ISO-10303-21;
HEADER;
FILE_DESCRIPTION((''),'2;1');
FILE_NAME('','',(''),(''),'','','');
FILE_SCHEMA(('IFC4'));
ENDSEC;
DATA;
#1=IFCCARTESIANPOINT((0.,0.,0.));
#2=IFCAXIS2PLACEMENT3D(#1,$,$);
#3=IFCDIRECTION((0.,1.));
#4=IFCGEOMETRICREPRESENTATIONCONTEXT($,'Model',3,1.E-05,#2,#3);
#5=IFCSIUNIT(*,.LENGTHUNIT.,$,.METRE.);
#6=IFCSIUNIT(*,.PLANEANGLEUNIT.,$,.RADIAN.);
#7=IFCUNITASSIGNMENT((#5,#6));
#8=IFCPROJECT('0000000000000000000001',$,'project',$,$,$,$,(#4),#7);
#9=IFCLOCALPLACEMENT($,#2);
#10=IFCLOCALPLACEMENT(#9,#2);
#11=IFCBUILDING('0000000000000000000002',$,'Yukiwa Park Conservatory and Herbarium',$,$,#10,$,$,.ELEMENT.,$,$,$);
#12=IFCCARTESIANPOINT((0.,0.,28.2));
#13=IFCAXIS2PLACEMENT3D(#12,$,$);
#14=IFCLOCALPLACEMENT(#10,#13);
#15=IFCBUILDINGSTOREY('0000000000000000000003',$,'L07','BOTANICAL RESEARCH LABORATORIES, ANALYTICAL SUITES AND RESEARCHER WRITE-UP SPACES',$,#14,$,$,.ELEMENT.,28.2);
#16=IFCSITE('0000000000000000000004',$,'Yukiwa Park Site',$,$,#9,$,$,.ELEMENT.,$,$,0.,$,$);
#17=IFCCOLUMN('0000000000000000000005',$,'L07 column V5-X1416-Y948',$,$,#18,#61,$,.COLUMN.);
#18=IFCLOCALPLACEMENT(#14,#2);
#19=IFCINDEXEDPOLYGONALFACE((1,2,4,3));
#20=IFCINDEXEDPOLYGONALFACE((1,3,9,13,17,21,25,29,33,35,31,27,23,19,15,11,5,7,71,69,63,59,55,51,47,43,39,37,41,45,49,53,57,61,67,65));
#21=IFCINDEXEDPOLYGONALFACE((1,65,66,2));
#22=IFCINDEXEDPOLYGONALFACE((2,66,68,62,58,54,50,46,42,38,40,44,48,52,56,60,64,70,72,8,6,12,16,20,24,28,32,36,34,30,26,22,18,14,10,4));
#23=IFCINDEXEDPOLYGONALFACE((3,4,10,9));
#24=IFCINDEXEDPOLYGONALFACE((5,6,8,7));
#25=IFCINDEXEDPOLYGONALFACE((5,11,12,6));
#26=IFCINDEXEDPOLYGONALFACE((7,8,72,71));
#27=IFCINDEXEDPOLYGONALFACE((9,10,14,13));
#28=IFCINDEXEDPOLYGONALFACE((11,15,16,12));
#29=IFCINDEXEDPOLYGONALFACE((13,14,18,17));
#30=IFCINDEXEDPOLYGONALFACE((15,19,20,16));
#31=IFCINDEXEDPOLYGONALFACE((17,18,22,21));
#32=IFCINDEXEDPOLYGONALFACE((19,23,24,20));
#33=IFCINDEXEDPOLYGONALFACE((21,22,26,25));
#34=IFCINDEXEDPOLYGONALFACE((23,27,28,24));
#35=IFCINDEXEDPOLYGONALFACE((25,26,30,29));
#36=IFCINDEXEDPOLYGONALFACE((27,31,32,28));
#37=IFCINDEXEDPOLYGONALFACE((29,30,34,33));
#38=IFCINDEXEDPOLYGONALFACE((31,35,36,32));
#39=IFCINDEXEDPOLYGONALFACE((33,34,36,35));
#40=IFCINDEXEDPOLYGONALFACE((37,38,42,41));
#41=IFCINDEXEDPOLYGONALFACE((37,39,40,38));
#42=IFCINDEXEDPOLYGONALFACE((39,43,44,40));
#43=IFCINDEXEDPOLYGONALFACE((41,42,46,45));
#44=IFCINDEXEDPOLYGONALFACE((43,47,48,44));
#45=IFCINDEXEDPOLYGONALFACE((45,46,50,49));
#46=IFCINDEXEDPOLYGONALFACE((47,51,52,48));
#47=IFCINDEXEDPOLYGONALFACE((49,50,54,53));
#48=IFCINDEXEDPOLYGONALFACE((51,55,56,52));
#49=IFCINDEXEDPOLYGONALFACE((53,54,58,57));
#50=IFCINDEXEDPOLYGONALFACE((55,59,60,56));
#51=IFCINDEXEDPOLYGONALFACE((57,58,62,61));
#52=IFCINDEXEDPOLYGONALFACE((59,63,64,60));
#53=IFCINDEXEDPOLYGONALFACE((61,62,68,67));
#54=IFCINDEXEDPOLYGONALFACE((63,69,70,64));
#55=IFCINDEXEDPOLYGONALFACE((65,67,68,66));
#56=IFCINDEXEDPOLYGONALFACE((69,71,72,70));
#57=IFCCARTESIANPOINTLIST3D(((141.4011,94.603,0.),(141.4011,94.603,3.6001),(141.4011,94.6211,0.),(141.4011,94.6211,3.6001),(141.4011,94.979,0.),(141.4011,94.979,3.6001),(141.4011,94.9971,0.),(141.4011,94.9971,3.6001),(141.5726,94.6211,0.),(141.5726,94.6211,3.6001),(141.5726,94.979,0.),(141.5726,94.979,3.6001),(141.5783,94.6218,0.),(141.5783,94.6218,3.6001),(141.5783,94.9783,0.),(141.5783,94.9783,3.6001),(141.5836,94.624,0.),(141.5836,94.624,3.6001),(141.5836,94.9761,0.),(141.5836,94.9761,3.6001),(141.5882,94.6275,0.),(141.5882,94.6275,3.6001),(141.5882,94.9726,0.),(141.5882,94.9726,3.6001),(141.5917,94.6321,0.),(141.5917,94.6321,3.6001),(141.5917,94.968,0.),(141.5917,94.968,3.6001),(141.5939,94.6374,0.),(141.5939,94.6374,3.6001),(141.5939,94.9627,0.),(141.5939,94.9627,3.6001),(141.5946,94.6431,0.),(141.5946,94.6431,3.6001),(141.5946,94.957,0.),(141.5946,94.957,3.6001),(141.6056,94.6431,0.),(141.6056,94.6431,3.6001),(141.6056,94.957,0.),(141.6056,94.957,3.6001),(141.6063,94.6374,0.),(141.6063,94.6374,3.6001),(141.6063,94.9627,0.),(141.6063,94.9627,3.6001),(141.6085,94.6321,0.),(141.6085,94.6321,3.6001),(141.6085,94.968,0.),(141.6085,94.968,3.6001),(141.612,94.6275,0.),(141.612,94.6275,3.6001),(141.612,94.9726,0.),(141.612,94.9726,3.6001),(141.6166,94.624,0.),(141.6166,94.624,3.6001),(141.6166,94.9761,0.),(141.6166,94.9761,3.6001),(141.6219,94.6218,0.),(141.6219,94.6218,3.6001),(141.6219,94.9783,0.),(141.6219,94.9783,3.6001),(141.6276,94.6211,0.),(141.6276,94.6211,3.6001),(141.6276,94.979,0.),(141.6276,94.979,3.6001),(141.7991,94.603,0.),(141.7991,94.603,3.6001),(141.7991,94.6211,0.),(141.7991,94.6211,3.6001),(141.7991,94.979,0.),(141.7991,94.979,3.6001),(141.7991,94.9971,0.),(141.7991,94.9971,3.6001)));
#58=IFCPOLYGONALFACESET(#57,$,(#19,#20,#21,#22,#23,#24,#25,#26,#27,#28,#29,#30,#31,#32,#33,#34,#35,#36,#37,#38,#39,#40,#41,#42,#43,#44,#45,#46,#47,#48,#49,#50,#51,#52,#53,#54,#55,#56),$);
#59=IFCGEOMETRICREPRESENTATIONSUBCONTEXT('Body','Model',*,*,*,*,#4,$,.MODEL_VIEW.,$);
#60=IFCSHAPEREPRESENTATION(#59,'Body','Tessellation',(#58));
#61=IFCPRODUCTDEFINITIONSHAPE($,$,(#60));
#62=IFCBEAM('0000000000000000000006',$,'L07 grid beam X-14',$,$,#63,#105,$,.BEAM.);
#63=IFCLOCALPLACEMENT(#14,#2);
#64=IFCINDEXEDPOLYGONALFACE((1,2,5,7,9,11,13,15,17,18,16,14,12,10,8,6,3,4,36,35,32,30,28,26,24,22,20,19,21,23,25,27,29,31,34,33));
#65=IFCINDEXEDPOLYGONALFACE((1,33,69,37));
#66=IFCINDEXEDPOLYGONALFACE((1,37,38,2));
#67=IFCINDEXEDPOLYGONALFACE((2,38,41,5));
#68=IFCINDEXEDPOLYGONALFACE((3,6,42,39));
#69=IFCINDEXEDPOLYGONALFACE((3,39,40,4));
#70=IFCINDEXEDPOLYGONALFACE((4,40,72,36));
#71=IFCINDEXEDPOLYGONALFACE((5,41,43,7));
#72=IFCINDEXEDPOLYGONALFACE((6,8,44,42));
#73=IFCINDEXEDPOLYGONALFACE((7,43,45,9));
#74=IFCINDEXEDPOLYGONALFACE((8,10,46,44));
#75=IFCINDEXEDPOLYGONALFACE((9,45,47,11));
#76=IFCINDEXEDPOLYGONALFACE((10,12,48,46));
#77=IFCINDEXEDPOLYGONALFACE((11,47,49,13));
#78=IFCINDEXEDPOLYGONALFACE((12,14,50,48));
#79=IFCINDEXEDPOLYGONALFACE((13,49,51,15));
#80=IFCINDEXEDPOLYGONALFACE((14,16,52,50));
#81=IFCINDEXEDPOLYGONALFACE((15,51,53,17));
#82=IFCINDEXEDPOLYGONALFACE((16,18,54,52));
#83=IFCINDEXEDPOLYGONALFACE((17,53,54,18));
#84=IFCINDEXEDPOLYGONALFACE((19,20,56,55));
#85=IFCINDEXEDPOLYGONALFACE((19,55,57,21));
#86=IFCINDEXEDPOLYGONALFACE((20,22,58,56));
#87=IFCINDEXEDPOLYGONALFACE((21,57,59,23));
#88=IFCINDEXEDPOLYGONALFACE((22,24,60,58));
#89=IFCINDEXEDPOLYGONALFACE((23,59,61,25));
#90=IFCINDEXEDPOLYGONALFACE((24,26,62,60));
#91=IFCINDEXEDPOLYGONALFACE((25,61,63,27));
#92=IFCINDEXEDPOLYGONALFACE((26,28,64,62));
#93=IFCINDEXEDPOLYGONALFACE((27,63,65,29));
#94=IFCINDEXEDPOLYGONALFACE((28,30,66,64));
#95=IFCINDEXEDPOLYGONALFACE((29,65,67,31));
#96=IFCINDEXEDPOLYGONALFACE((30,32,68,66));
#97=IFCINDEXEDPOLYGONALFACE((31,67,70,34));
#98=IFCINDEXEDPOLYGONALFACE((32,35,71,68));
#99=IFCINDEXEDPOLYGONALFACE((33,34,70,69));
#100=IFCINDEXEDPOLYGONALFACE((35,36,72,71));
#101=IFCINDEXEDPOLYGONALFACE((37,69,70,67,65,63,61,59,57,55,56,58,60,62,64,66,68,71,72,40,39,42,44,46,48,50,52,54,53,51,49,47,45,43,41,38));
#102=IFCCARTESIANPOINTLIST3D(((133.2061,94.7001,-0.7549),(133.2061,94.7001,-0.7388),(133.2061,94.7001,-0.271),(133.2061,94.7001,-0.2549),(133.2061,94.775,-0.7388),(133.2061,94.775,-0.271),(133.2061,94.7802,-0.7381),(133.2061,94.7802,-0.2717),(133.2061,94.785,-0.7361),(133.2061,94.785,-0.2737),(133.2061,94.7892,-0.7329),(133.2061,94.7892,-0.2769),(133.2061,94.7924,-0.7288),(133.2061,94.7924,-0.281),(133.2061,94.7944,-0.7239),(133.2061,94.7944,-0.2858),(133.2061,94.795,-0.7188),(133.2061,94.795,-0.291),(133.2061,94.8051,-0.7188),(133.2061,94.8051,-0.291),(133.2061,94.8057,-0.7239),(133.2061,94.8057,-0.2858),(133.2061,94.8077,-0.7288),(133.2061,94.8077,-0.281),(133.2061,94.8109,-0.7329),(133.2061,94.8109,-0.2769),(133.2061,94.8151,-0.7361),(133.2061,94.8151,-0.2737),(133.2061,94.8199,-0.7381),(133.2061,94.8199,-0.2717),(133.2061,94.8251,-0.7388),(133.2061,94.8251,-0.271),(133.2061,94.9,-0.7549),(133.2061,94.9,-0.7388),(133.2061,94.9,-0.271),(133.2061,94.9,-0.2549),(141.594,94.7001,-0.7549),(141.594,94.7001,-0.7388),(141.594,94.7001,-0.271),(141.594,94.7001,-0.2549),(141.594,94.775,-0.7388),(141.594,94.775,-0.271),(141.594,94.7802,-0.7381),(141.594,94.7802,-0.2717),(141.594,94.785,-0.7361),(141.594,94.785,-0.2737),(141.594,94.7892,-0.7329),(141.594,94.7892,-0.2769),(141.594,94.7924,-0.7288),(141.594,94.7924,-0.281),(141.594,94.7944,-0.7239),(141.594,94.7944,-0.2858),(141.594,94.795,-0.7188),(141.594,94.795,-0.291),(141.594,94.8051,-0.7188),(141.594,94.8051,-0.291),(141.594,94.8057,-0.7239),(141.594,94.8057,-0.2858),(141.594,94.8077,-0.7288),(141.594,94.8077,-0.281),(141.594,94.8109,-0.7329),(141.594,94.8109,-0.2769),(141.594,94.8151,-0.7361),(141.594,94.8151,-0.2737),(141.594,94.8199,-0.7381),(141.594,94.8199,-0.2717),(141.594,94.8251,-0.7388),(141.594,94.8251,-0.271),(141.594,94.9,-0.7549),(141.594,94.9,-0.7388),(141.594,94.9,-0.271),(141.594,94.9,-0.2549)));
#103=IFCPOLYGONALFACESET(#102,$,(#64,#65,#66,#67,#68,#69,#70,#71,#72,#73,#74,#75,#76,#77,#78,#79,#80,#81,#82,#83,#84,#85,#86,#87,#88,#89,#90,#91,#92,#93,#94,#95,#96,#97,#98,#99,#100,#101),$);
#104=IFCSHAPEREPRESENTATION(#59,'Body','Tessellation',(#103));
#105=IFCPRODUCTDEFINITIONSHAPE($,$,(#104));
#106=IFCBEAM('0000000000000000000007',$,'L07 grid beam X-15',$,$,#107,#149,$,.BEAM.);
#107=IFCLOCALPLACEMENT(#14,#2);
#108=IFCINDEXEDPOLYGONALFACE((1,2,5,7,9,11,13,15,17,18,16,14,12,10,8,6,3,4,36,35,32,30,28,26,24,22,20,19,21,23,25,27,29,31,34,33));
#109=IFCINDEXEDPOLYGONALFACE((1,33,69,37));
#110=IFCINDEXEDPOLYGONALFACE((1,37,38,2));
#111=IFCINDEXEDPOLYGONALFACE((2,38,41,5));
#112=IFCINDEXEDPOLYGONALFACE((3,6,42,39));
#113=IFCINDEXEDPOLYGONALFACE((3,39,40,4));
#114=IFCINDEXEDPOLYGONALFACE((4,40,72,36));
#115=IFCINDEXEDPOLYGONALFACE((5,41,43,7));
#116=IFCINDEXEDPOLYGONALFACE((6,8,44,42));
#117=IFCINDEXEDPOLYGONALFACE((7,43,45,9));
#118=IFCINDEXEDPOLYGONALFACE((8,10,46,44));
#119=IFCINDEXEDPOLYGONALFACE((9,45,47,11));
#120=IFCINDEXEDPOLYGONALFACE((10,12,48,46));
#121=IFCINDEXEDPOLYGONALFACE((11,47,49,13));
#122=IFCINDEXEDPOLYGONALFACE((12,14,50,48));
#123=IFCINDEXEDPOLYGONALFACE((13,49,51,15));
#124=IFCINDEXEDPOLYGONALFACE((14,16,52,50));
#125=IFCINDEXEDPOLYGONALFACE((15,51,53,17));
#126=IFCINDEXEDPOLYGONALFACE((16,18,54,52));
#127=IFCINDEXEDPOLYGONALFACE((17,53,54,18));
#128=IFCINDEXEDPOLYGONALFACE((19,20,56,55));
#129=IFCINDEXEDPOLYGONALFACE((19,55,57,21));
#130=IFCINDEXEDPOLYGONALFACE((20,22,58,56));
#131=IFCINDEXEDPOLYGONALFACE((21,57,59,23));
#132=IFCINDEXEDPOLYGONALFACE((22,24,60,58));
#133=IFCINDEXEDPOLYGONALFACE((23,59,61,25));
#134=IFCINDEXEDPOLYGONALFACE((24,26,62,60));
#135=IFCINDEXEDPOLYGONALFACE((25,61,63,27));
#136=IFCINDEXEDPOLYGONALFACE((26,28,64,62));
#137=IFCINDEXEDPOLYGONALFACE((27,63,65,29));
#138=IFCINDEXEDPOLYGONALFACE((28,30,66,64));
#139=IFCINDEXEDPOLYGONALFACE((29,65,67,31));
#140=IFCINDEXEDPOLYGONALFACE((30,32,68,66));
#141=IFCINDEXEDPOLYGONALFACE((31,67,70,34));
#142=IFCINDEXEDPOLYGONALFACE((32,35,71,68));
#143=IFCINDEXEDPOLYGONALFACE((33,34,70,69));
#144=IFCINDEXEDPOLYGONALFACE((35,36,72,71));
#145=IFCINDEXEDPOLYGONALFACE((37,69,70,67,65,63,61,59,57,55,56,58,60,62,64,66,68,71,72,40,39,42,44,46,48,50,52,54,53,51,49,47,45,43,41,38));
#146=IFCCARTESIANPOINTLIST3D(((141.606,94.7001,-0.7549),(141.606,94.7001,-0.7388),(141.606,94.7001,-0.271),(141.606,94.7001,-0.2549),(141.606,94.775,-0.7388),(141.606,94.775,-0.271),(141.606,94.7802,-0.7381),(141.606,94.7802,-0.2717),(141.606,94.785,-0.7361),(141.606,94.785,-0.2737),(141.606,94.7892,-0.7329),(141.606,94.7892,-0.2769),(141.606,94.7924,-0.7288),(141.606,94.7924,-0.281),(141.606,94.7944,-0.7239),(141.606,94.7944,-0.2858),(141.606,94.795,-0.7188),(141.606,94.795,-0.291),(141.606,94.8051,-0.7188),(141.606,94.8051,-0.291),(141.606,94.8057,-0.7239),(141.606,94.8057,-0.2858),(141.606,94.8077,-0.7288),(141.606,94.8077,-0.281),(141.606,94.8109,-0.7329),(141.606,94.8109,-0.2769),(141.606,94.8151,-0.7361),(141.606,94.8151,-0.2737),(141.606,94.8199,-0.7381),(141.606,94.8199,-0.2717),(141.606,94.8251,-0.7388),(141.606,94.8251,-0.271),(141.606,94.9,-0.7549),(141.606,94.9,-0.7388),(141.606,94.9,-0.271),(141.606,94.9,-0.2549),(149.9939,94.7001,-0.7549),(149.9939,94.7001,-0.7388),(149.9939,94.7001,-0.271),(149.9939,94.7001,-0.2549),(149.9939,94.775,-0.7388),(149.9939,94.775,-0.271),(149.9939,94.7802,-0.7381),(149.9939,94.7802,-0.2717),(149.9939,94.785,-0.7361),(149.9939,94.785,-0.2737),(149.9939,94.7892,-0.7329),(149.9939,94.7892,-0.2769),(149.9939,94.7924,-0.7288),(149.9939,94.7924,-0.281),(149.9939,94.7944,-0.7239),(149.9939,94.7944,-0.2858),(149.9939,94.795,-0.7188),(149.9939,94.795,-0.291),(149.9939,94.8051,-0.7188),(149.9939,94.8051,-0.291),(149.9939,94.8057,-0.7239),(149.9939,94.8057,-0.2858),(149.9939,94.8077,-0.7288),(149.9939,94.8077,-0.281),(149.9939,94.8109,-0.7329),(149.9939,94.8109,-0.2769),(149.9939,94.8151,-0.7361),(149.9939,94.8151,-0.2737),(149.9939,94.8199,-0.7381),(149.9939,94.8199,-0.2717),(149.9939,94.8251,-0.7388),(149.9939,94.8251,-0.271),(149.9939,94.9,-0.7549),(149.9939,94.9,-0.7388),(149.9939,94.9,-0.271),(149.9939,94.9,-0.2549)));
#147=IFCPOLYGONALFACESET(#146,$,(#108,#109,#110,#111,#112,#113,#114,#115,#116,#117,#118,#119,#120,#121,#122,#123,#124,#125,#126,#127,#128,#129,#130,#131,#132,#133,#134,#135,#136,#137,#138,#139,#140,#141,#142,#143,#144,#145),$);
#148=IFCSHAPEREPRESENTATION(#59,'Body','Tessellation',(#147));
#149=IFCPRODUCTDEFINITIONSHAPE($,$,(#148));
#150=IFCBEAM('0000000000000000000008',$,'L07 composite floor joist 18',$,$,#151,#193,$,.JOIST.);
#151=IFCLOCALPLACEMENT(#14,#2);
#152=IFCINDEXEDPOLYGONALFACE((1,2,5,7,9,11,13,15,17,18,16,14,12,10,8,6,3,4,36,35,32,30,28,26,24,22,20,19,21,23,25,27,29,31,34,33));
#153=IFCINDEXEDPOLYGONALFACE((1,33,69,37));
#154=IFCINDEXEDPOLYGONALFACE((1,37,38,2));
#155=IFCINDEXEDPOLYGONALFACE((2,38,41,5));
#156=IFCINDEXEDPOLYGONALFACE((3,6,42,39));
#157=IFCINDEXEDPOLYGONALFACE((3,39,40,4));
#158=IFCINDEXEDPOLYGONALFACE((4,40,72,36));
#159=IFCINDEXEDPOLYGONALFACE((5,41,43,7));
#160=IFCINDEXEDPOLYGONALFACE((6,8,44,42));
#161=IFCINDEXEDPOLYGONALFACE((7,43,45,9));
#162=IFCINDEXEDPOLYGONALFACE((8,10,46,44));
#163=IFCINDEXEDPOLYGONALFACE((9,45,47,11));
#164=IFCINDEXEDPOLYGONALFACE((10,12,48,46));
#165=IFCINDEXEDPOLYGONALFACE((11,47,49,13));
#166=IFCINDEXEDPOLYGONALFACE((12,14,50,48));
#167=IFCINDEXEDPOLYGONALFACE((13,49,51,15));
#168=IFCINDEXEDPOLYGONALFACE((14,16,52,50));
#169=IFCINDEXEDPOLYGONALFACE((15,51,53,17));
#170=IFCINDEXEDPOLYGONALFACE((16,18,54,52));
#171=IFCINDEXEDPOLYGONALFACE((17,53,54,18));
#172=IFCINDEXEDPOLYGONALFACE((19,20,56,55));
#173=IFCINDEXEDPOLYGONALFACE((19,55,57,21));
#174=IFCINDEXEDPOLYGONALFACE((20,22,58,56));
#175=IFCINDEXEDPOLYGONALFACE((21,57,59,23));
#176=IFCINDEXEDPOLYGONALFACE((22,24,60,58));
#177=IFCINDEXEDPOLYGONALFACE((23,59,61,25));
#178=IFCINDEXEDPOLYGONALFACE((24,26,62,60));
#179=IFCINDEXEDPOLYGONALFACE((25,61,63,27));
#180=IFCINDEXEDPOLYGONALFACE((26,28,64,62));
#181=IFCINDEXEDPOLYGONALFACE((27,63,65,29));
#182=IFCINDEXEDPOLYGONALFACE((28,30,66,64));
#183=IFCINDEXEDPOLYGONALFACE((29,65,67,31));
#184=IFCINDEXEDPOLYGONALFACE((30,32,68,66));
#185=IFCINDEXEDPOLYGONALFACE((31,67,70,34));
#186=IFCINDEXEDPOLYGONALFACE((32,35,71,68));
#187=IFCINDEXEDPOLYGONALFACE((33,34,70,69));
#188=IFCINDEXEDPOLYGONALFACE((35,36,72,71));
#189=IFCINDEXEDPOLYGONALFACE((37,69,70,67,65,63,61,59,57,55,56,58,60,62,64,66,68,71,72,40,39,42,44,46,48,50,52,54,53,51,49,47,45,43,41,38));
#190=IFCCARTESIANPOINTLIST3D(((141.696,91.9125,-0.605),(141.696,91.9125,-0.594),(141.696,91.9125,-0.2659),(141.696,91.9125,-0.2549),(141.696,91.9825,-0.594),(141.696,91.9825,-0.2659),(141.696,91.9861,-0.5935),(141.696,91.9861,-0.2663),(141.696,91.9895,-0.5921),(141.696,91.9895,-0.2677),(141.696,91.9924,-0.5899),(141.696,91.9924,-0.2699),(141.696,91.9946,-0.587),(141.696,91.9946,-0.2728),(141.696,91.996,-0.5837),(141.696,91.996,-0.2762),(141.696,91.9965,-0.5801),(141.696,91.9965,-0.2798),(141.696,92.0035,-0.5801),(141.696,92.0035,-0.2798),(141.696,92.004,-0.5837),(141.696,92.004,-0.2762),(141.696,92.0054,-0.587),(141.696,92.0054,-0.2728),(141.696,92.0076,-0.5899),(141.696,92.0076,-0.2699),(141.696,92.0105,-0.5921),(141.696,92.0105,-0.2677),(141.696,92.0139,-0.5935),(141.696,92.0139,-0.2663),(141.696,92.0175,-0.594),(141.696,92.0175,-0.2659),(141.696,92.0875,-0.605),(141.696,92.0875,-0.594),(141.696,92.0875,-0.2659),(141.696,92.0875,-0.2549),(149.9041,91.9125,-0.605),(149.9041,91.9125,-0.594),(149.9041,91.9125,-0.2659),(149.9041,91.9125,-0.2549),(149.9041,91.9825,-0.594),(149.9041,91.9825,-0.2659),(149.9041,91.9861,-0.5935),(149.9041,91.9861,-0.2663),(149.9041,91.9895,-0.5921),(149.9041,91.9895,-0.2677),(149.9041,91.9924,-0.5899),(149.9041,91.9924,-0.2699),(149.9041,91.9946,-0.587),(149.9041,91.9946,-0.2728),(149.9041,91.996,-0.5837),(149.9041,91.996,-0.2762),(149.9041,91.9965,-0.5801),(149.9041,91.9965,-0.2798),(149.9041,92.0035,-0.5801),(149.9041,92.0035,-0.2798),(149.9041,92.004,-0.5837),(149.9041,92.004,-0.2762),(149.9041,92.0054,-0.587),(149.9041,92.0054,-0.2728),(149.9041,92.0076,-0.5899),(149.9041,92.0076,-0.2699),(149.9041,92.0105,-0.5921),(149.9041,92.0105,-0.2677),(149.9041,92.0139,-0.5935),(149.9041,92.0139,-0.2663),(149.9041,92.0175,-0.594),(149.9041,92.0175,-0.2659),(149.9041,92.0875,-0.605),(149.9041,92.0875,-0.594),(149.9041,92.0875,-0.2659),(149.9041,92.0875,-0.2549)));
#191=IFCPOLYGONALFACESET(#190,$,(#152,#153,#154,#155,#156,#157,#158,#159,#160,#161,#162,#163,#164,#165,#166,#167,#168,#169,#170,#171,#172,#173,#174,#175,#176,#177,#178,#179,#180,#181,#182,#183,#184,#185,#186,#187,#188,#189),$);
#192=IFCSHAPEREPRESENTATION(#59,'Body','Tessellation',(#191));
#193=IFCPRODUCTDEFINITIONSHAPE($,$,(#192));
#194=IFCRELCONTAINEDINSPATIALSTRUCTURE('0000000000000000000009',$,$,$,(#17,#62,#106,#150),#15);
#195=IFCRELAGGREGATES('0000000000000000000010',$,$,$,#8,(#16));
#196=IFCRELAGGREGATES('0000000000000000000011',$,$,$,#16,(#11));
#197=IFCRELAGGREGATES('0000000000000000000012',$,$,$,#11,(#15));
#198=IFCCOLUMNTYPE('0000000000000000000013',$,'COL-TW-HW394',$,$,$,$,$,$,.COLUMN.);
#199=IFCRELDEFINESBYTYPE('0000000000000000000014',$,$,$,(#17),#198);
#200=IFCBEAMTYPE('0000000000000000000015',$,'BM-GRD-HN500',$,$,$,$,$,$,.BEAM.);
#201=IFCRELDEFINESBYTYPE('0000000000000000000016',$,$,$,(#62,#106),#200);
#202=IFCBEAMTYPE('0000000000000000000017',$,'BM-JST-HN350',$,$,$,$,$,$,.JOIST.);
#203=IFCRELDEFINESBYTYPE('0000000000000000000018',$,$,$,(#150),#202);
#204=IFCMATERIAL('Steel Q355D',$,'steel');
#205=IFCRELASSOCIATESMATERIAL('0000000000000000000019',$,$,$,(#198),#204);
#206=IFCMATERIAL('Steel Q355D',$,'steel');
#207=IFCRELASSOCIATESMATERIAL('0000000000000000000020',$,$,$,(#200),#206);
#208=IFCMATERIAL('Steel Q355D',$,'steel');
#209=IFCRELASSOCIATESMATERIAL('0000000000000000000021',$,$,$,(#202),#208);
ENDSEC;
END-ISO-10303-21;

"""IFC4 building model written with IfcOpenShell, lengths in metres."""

from ifc_helpers import new_model, si_unit, direction, frame, origin, origin_2d, place, context, subcontext, project, spatial, i_section, extrude, material, material_profile, profile_set, type_object, element, save


model = new_model("IFC4")

# Units and contexts
model_context = context("Model", 3, precision=1e-05, world=origin(), true_north=direction((0.0, 1.0)))
body_context = subcontext(model_context, "Body", "Model", "MODEL_VIEW")
ifc_project = project(units=[si_unit("LENGTHUNIT", "METRE"), si_unit("PLANEANGLEUNIT", "RADIAN")], contexts=[model_context])

# Site, building, storey
site_placement = place(None, origin())
site = spatial("IfcSite", under=ifc_project, at=site_placement, Name="Yukiwa Park Site", CompositionType="ELEMENT", RefElevation=0.0)
building_placement = place(site_placement, origin())
building = spatial("IfcBuilding", under=site, at=building_placement, Name="Yukiwa Park Conservatory and Herbarium", CompositionType="ELEMENT")
storey_placement = place(building_placement, frame((0.0, 0.0, 28.2)))
storey = spatial("IfcBuildingStorey", under=building, at=storey_placement, Name="L07", Description="BOTANICAL RESEARCH LABORATORIES, ANALYTICAL SUITES AND RESEARCHER WRITE-UP SPACES", CompositionType="ELEMENT", Elevation=28.2)

# Column
ifc_material_1 = material(Name="Steel Q355D", Category="steel")
ifc_material_profile_1 = material_profile(ifc_material_1, i_section(OverallWidth=0.3979, OverallDepth=0.394, WebThickness=0.011, FlangeThickness=0.0181, FilletRadius=0.022, at=origin_2d()), Name="HW 394x398x11x18")
ifc_profile_set_1 = profile_set([ifc_material_profile_1], Name="Steel Q355D")
column_type = type_object("IfcColumnType", Name="COL-TW-HW394", PredefinedType="COLUMN", material=ifc_profile_set_1)
column_placement = place(storey_placement, frame((141.6001, 94.8, 0.0), z_axis=(0.0, 0.0, 1.0), x_axis=(1.0, 0.0, 0.0)))
element("IfcColumn", 1, at=column_placement, inside=storey, type_object=column_type, Name="L07 column V5-X1416-Y948", PredefinedType="COLUMN", context=body_context, shape_type="SweptSolid", body=[
    extrude(i_section(OverallWidth=0.3979, OverallDepth=0.394, WebThickness=0.011, FlangeThickness=0.0181, FilletRadius=0.022, at=origin_2d()), origin(), (0.0, 0.0, 1.0), 3.6001),
])

# Beams
ifc_material_2 = material(Name="Steel Q355D", Category="steel")
ifc_material_profile_2 = material_profile(ifc_material_2, i_section(OverallWidth=0.2, OverallDepth=0.5, WebThickness=0.01, FlangeThickness=0.0161, FilletRadius=0.02, at=origin_2d()), Name="HN 500x200x10x16")
ifc_profile_set_2 = profile_set([ifc_material_profile_2], Name="Steel Q355D")
beam_type_1 = type_object("IfcBeamType", Name="BM-GRD-HN500", PredefinedType="BEAM", material=ifc_profile_set_2)
for number, where, z_axis, x_axis, name in (
    (2, (133.2061, 94.8, -0.5049), (1.0, 0.0, 0.0), (0.0, 1.0, 0.0), "L07 grid beam X-14"),
    (3, (141.606, 94.8, -0.5049), (1.0, 0.0, 0.0), (0.0, 1.0, 0.0), "L07 grid beam X-15"),
):
    element("IfcBeam", number, at=place(storey_placement, frame(where, z_axis=z_axis, x_axis=x_axis)), inside=storey, type_object=beam_type_1, Name=name, PredefinedType="BEAM", context=body_context, shape_type="SweptSolid", body=[
        extrude(i_section(OverallWidth=0.2, OverallDepth=0.5, WebThickness=0.01, FlangeThickness=0.0161, FilletRadius=0.02, at=origin_2d()), origin(), (0.0, 0.0, 1.0), 8.3879),
    ])
ifc_material_3 = material(Name="Steel Q355D", Category="steel")
ifc_material_profile_3 = material_profile(ifc_material_3, i_section(OverallWidth=0.175, OverallDepth=0.3501, WebThickness=0.0071, FlangeThickness=0.011, FilletRadius=0.0139, at=origin_2d()), Name="HN 350x175x7x11")
ifc_profile_set_3 = profile_set([ifc_material_profile_3], Name="Steel Q355D")
beam_type_2 = type_object("IfcBeamType", Name="BM-JST-HN350", PredefinedType="JOIST", material=ifc_profile_set_3)
beam_1_placement = place(storey_placement, frame((141.696, 92.0, -0.4299), z_axis=(1.0, 0.0, 0.0), x_axis=(0.0, 1.0, 0.0)))
element("IfcBeam", 4, at=beam_1_placement, inside=storey, type_object=beam_type_2, Name="L07 composite floor joist 18", PredefinedType="JOIST", context=body_context, shape_type="SweptSolid", body=[
    extrude(i_section(OverallWidth=0.175, OverallDepth=0.3501, WebThickness=0.0071, FlangeThickness=0.011, FilletRadius=0.0139, at=origin_2d()), origin(), (0.0, 0.0, 1.0), 8.208),
])

save(model, "model.ifc")
